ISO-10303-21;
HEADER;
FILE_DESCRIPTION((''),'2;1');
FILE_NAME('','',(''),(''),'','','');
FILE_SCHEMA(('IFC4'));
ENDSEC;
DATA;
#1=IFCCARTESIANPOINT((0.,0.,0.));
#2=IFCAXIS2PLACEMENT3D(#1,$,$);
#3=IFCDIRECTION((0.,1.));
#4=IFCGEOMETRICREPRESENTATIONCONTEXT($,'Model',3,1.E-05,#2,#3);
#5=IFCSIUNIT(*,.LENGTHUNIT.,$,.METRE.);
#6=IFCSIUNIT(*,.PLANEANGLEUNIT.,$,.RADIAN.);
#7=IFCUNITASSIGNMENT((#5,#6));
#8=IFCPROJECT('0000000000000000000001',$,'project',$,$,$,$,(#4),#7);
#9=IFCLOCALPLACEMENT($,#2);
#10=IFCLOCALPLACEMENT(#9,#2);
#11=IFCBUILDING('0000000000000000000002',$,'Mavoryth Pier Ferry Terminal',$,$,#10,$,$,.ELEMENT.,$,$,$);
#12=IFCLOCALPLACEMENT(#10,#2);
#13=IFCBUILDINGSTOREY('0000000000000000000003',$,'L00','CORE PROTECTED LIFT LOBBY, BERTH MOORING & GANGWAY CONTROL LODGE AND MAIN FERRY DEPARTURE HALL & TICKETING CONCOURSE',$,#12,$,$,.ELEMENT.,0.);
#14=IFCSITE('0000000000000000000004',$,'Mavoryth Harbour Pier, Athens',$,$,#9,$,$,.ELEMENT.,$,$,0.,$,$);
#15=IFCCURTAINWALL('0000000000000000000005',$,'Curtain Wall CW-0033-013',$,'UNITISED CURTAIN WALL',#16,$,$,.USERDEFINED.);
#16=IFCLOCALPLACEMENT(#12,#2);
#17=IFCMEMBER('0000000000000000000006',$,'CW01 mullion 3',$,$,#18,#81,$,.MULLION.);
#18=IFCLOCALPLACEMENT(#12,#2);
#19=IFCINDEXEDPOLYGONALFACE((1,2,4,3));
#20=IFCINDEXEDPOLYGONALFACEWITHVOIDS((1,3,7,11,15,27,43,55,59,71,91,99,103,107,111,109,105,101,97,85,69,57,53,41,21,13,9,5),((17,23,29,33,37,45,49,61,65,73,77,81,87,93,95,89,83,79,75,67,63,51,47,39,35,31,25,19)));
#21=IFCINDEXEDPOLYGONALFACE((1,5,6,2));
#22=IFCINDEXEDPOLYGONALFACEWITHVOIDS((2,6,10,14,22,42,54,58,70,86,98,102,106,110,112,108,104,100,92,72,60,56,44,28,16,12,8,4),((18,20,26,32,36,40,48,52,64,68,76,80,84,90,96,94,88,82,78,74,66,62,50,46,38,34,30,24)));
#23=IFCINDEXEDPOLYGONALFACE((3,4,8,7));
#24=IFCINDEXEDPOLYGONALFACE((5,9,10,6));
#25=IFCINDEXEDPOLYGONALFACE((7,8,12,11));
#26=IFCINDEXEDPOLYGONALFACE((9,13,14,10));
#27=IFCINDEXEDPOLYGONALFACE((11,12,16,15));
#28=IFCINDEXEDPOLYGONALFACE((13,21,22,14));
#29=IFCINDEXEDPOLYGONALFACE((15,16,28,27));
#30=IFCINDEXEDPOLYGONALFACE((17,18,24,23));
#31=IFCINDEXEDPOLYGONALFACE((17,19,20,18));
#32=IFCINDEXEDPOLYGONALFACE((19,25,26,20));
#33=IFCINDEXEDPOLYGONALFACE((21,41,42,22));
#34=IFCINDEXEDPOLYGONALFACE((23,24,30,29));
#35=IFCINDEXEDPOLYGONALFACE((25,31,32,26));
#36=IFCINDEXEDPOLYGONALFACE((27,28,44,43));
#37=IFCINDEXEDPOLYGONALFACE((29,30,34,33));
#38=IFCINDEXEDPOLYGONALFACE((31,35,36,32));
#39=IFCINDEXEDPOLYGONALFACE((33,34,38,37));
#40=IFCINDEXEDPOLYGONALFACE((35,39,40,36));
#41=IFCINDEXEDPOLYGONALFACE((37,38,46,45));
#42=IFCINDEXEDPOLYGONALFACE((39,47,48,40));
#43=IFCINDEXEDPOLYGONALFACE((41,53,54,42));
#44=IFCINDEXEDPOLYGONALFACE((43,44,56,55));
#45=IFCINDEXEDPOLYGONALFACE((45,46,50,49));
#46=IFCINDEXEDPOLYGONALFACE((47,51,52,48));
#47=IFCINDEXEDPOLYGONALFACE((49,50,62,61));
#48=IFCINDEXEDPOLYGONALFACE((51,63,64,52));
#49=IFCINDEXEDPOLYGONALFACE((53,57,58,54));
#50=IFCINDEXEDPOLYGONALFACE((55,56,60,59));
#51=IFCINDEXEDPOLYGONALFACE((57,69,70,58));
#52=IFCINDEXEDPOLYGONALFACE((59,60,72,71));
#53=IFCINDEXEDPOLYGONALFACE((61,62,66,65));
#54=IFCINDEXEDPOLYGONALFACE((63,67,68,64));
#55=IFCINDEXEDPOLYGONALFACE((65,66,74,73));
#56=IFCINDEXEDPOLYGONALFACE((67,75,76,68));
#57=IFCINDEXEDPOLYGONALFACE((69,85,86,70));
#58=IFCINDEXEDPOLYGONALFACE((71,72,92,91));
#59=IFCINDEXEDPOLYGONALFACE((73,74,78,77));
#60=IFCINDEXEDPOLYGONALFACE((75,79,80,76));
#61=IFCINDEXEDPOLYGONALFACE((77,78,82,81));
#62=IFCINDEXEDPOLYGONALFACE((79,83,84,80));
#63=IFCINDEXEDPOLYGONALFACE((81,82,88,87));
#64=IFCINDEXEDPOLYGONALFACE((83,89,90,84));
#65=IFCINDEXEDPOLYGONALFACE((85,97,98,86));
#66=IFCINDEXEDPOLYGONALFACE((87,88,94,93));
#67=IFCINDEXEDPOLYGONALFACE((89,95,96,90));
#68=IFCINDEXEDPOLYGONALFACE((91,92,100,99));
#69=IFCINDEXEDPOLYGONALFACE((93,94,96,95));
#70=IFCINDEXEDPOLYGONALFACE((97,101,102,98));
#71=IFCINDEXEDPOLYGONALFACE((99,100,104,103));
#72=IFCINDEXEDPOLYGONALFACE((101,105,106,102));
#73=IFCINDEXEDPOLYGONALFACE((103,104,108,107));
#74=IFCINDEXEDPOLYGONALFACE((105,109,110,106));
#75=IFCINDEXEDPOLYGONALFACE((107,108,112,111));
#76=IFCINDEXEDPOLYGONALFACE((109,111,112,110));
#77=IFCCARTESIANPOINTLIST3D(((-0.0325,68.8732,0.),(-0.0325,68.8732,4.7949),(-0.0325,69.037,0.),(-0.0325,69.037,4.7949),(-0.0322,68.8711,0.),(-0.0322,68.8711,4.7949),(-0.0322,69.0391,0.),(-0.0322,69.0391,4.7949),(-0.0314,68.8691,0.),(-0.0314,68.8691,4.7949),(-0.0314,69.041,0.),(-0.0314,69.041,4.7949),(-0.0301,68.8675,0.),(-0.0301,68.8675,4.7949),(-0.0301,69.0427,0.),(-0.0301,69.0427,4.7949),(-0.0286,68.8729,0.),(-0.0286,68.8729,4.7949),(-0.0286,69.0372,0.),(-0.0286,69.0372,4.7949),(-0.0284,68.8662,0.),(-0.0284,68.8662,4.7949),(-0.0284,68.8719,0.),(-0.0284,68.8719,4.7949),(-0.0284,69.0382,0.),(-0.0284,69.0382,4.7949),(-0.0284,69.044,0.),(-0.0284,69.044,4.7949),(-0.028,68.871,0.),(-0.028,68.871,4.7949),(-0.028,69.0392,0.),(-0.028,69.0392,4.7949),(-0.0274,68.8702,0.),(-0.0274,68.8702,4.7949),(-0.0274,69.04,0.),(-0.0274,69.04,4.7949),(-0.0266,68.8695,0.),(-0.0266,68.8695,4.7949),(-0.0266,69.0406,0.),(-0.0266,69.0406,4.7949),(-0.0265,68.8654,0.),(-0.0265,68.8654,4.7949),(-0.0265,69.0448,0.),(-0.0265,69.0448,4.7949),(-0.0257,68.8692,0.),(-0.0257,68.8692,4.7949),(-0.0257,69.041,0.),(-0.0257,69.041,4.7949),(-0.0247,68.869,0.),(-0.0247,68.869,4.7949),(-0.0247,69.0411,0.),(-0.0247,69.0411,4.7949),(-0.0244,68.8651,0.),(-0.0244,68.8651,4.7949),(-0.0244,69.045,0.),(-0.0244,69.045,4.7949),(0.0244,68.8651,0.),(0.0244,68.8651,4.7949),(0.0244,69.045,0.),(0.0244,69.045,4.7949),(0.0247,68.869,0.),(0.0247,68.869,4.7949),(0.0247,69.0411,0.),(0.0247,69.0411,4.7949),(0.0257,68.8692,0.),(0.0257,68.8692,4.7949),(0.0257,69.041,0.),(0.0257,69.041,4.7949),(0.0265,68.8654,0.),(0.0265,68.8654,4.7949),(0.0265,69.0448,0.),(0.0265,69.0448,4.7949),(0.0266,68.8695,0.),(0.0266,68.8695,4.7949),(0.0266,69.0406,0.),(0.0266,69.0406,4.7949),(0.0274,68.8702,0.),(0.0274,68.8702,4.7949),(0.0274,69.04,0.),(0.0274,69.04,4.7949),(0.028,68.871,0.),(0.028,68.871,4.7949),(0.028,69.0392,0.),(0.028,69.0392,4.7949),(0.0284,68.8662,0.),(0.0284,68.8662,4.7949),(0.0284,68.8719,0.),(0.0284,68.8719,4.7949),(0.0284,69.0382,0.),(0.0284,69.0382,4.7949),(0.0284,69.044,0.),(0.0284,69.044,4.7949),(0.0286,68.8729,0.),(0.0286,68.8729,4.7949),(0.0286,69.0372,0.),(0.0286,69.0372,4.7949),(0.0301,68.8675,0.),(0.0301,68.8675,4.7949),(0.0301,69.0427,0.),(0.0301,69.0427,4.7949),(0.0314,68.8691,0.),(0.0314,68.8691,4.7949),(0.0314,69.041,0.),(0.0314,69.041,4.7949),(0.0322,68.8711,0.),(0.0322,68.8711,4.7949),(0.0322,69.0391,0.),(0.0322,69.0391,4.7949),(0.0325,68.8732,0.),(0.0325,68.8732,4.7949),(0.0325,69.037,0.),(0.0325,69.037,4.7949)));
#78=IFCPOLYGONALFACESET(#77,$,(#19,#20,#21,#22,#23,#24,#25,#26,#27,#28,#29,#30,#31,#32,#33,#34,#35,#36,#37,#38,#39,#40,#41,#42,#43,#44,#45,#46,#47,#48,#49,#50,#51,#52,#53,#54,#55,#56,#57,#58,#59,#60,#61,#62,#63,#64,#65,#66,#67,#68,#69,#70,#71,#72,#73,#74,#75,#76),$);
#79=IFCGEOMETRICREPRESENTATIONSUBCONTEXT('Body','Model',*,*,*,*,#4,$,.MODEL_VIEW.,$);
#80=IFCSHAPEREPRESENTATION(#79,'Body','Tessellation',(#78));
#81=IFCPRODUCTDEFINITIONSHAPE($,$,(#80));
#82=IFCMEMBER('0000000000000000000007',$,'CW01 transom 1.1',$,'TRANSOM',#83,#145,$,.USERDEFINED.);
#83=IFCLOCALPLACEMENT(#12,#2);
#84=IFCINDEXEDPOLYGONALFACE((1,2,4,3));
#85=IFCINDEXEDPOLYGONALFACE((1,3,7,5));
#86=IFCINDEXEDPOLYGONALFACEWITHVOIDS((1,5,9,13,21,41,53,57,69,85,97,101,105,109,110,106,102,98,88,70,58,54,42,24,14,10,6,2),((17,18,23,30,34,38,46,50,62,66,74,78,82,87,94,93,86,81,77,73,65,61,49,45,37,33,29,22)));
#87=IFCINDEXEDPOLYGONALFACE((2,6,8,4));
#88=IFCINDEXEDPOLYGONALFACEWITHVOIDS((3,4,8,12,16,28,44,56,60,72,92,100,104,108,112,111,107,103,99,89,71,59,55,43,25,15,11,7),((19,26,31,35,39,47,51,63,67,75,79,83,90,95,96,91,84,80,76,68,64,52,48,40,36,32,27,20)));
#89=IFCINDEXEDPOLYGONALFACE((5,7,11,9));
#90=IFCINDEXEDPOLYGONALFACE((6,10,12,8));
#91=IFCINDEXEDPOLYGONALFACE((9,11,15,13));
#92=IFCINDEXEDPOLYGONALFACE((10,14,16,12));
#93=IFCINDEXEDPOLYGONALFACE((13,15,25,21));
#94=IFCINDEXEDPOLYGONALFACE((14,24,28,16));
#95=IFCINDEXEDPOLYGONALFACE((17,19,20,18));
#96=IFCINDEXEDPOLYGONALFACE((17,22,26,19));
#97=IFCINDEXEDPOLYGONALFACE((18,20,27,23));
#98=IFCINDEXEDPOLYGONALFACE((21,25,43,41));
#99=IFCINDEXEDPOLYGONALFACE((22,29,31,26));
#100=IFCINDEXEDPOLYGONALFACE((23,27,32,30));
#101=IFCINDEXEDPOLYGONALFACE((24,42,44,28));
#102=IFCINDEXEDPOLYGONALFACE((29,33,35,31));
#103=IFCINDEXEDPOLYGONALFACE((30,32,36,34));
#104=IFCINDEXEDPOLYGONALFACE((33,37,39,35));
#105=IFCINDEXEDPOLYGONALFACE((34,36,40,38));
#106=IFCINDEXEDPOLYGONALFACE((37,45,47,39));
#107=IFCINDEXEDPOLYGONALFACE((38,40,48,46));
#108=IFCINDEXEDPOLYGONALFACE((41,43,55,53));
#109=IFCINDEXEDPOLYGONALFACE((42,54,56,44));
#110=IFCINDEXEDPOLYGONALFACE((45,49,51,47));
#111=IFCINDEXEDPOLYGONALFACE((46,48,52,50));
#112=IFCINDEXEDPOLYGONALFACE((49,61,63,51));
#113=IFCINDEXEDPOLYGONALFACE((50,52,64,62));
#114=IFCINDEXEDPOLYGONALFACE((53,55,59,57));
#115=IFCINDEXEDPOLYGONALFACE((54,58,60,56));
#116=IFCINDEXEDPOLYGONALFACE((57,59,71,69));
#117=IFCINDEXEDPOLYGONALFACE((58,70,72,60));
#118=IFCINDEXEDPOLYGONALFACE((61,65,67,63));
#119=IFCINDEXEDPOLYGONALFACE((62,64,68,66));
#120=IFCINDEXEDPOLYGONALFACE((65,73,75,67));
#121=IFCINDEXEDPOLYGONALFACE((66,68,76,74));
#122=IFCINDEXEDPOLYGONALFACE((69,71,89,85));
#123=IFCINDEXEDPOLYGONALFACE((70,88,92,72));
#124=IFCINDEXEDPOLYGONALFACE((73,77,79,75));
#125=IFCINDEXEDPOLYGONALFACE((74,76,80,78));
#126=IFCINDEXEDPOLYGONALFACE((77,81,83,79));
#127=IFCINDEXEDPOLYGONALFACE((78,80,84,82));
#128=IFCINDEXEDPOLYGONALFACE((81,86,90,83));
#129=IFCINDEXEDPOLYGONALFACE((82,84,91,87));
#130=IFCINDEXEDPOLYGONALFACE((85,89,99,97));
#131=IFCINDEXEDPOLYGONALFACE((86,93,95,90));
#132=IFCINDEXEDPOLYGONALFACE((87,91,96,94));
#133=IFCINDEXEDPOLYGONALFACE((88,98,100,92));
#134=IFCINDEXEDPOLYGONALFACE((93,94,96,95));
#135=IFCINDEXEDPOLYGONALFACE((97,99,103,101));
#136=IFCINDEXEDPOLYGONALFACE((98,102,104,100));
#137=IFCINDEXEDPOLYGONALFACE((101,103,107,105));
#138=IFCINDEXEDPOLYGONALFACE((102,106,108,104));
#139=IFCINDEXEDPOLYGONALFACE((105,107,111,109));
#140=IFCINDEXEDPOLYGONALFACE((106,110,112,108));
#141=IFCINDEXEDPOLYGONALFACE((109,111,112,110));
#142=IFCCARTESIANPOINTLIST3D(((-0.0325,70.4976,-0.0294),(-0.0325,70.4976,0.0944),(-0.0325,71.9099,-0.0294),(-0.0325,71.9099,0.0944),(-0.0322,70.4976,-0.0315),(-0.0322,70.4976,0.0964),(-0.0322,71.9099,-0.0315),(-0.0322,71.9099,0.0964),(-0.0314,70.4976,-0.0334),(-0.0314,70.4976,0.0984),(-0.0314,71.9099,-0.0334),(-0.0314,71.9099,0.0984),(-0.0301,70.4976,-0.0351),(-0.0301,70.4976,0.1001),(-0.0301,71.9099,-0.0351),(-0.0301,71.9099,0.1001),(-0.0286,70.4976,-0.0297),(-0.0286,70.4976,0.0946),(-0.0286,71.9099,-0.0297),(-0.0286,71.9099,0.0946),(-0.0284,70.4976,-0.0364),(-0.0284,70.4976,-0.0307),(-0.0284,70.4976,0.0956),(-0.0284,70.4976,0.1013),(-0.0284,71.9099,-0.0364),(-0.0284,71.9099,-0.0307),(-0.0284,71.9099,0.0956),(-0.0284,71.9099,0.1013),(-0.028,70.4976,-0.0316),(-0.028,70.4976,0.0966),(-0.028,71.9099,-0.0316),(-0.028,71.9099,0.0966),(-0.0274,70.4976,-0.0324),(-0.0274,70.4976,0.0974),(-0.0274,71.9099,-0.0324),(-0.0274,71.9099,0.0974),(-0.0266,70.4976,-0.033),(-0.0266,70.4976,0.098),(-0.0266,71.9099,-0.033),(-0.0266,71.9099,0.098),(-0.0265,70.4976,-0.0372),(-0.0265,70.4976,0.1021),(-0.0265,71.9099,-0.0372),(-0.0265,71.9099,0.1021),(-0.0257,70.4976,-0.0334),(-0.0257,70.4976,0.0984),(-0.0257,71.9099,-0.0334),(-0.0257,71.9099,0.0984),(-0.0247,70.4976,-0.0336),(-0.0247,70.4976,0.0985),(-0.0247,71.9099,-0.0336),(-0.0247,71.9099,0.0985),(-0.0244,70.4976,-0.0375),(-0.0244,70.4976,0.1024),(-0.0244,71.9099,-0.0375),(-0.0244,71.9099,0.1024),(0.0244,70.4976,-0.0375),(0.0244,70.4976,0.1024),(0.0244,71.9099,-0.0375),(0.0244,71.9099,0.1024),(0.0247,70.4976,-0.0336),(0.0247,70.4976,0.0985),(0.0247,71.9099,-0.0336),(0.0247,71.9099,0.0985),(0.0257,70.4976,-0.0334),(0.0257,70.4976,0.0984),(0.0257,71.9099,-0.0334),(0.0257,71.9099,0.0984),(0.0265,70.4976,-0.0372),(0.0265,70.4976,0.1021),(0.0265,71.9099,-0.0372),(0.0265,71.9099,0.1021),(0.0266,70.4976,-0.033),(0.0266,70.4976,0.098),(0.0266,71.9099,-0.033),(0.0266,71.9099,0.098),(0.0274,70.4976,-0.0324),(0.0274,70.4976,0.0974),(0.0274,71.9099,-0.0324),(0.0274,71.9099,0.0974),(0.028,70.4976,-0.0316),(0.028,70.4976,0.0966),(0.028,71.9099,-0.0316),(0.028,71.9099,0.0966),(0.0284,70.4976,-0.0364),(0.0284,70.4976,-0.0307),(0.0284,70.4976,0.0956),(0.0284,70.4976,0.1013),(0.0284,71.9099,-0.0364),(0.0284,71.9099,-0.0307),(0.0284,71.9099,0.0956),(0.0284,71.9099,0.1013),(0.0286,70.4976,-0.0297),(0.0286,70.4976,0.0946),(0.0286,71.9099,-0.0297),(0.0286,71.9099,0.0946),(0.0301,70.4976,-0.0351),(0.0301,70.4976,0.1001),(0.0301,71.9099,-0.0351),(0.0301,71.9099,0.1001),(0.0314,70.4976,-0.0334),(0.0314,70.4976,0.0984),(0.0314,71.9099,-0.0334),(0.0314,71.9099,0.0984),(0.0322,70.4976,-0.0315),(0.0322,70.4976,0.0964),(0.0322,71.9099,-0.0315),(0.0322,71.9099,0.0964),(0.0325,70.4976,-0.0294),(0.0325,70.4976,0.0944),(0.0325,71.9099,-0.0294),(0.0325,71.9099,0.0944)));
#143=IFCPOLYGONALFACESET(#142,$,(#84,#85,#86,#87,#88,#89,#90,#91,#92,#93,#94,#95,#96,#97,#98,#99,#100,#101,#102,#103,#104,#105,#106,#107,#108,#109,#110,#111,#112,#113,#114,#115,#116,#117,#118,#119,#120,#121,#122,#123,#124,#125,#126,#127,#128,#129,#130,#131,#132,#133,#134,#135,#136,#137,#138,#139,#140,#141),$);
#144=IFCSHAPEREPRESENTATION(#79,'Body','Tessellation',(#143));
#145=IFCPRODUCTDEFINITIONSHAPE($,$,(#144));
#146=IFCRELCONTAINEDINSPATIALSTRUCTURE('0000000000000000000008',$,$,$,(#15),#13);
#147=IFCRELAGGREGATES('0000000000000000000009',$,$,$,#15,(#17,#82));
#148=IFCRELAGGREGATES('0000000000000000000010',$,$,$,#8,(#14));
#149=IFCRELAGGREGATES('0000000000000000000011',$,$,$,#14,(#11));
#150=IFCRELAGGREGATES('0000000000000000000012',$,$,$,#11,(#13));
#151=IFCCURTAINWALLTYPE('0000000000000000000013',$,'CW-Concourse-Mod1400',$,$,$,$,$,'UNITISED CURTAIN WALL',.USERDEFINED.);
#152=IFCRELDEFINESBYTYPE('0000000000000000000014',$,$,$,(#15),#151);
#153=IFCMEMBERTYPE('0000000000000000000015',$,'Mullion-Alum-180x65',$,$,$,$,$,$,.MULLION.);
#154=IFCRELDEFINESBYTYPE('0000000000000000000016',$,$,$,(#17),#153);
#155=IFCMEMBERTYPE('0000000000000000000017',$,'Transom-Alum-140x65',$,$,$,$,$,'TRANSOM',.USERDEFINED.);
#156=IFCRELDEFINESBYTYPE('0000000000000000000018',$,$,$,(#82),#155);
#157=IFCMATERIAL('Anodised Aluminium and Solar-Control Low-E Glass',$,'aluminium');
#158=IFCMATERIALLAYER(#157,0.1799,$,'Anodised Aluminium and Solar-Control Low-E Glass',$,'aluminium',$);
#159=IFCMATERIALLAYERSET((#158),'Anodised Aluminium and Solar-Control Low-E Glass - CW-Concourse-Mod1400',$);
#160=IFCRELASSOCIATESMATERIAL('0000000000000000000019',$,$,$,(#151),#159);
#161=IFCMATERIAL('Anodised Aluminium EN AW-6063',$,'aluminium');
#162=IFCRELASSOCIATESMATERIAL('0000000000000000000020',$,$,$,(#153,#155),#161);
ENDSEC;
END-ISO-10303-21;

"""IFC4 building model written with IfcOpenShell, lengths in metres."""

from ifc_helpers import new_model, si_unit, direction, frame, origin, origin_2d, place, context, subcontext, project, spatial, hollow_rectangle, extrude, material, layer, layer_set, material_profile, profile_set, type_object, element, aggregate, save


model = new_model("IFC4")

# Units and contexts
model_context = context("Model", 3, precision=1e-05, world=origin(), true_north=direction((0.0, 1.0)))
body_context = subcontext(model_context, "Body", "Model", "MODEL_VIEW")
ifc_project = project(units=[si_unit("LENGTHUNIT", "METRE"), si_unit("PLANEANGLEUNIT", "RADIAN")], contexts=[model_context])

# Site, building, storey
site_placement = place(None, origin())
site = spatial("IfcSite", under=ifc_project, at=site_placement, Name="Mavoryth Harbour Pier, Athens", CompositionType="ELEMENT", RefElevation=0.0)
building_placement = place(site_placement, origin())
building = spatial("IfcBuilding", under=site, at=building_placement, Name="Mavoryth Pier Ferry Terminal", CompositionType="ELEMENT")
storey_placement = place(building_placement, origin())
storey = spatial("IfcBuildingStorey", under=building, at=storey_placement, Name="L00", Description="CORE PROTECTED LIFT LOBBY, BERTH MOORING & GANGWAY CONTROL LODGE AND MAIN FERRY DEPARTURE HALL & TICKETING CONCOURSE", CompositionType="ELEMENT", Elevation=0.0)

# Curtain wall, members
ifc_material_1 = material(Name="Anodised Aluminium and Solar-Control Low-E Glass", Category="aluminium")
ifc_layer_1 = layer(ifc_material_1, 0.1799, Name="Anodised Aluminium and Solar-Control Low-E Glass", Category="aluminium")
ifc_layer_set_1 = layer_set([ifc_layer_1], Name="Anodised Aluminium and Solar-Control Low-E Glass - CW-Concourse-Mod1400")
curtain_wall_type = type_object("IfcCurtainWallType", Name="CW-Concourse-Mod1400", ElementType="UNITISED CURTAIN WALL", PredefinedType="USERDEFINED", material=ifc_layer_set_1)
curtain_wall_placement = place(storey_placement, origin())
curtain_wall = element("IfcCurtainWall", 1, at=curtain_wall_placement, inside=storey, type_object=curtain_wall_type, Name="Curtain Wall CW-0033-013", ObjectType="UNITISED CURTAIN WALL", PredefinedType="USERDEFINED")
ifc_material_2 = material(Name="Anodised Aluminium EN AW-6063", Category="aluminium")
ifc_material_profile_1 = material_profile(ifc_material_2, hollow_rectangle(XDim=0.0649, YDim=0.1799, WallThickness=0.0039, InnerFilletRadius=0.0039, OuterFilletRadius=0.0081, at=origin_2d()), Name="AL-MULL 180x65x4", Category="aluminium")
ifc_profile_set_1 = profile_set([ifc_material_profile_1], Name="Anodised Aluminium EN AW-6063 - AL-MULL 180x65x4")
member_type_1 = type_object("IfcMemberType", Name="Mullion-Alum-180x65", PredefinedType="MULLION", material=ifc_profile_set_1)
member_1_placement = place(storey_placement, frame((0.0, 68.9551, 0.0), z_axis=(0.0, 0.0, 1.0), x_axis=(1.0, 0.0, 0.0)))
member_1 = element("IfcMember", 2, at=member_1_placement, type_object=member_type_1, Name="CW01 mullion 3", PredefinedType="MULLION", context=body_context, shape_type="SweptSolid", body=[
    extrude(hollow_rectangle(XDim=0.0649, YDim=0.1799, WallThickness=0.0039, InnerFilletRadius=0.0039, OuterFilletRadius=0.0081, at=origin_2d()), origin(), (0.0, 0.0, 1.0), 4.7949),
])
ifc_material_profile_2 = material_profile(ifc_material_2, hollow_rectangle(XDim=0.0649, YDim=0.1399, WallThickness=0.0039, InnerFilletRadius=0.0039, OuterFilletRadius=0.0081, at=origin_2d()), Name="AL-TRAN 140x65x4", Category="aluminium")
ifc_profile_set_2 = profile_set([ifc_material_profile_2], Name="Anodised Aluminium EN AW-6063 - AL-TRAN 140x65x4")
member_type_2 = type_object("IfcMemberType", Name="Transom-Alum-140x65", ElementType="TRANSOM", PredefinedType="USERDEFINED", material=ifc_profile_set_2)
member_2_placement = place(storey_placement, frame((0.0, 71.9099, 0.0325), z_axis=(0.0, -1.0, 0.0), x_axis=(1.0, 0.0, 0.0)))
member_2 = element("IfcMember", 3, at=member_2_placement, type_object=member_type_2, Name="CW01 transom 1.1", ObjectType="TRANSOM", PredefinedType="USERDEFINED", context=body_context, shape_type="SweptSolid", body=[
    extrude(hollow_rectangle(XDim=0.0649, YDim=0.1399, WallThickness=0.0039, InnerFilletRadius=0.0039, OuterFilletRadius=0.0081, at=origin_2d()), origin(), (0.0, 0.0, 1.0), 1.4124),
])
aggregate(curtain_wall, [member_1, member_2])

save(model, "model.ifc")
